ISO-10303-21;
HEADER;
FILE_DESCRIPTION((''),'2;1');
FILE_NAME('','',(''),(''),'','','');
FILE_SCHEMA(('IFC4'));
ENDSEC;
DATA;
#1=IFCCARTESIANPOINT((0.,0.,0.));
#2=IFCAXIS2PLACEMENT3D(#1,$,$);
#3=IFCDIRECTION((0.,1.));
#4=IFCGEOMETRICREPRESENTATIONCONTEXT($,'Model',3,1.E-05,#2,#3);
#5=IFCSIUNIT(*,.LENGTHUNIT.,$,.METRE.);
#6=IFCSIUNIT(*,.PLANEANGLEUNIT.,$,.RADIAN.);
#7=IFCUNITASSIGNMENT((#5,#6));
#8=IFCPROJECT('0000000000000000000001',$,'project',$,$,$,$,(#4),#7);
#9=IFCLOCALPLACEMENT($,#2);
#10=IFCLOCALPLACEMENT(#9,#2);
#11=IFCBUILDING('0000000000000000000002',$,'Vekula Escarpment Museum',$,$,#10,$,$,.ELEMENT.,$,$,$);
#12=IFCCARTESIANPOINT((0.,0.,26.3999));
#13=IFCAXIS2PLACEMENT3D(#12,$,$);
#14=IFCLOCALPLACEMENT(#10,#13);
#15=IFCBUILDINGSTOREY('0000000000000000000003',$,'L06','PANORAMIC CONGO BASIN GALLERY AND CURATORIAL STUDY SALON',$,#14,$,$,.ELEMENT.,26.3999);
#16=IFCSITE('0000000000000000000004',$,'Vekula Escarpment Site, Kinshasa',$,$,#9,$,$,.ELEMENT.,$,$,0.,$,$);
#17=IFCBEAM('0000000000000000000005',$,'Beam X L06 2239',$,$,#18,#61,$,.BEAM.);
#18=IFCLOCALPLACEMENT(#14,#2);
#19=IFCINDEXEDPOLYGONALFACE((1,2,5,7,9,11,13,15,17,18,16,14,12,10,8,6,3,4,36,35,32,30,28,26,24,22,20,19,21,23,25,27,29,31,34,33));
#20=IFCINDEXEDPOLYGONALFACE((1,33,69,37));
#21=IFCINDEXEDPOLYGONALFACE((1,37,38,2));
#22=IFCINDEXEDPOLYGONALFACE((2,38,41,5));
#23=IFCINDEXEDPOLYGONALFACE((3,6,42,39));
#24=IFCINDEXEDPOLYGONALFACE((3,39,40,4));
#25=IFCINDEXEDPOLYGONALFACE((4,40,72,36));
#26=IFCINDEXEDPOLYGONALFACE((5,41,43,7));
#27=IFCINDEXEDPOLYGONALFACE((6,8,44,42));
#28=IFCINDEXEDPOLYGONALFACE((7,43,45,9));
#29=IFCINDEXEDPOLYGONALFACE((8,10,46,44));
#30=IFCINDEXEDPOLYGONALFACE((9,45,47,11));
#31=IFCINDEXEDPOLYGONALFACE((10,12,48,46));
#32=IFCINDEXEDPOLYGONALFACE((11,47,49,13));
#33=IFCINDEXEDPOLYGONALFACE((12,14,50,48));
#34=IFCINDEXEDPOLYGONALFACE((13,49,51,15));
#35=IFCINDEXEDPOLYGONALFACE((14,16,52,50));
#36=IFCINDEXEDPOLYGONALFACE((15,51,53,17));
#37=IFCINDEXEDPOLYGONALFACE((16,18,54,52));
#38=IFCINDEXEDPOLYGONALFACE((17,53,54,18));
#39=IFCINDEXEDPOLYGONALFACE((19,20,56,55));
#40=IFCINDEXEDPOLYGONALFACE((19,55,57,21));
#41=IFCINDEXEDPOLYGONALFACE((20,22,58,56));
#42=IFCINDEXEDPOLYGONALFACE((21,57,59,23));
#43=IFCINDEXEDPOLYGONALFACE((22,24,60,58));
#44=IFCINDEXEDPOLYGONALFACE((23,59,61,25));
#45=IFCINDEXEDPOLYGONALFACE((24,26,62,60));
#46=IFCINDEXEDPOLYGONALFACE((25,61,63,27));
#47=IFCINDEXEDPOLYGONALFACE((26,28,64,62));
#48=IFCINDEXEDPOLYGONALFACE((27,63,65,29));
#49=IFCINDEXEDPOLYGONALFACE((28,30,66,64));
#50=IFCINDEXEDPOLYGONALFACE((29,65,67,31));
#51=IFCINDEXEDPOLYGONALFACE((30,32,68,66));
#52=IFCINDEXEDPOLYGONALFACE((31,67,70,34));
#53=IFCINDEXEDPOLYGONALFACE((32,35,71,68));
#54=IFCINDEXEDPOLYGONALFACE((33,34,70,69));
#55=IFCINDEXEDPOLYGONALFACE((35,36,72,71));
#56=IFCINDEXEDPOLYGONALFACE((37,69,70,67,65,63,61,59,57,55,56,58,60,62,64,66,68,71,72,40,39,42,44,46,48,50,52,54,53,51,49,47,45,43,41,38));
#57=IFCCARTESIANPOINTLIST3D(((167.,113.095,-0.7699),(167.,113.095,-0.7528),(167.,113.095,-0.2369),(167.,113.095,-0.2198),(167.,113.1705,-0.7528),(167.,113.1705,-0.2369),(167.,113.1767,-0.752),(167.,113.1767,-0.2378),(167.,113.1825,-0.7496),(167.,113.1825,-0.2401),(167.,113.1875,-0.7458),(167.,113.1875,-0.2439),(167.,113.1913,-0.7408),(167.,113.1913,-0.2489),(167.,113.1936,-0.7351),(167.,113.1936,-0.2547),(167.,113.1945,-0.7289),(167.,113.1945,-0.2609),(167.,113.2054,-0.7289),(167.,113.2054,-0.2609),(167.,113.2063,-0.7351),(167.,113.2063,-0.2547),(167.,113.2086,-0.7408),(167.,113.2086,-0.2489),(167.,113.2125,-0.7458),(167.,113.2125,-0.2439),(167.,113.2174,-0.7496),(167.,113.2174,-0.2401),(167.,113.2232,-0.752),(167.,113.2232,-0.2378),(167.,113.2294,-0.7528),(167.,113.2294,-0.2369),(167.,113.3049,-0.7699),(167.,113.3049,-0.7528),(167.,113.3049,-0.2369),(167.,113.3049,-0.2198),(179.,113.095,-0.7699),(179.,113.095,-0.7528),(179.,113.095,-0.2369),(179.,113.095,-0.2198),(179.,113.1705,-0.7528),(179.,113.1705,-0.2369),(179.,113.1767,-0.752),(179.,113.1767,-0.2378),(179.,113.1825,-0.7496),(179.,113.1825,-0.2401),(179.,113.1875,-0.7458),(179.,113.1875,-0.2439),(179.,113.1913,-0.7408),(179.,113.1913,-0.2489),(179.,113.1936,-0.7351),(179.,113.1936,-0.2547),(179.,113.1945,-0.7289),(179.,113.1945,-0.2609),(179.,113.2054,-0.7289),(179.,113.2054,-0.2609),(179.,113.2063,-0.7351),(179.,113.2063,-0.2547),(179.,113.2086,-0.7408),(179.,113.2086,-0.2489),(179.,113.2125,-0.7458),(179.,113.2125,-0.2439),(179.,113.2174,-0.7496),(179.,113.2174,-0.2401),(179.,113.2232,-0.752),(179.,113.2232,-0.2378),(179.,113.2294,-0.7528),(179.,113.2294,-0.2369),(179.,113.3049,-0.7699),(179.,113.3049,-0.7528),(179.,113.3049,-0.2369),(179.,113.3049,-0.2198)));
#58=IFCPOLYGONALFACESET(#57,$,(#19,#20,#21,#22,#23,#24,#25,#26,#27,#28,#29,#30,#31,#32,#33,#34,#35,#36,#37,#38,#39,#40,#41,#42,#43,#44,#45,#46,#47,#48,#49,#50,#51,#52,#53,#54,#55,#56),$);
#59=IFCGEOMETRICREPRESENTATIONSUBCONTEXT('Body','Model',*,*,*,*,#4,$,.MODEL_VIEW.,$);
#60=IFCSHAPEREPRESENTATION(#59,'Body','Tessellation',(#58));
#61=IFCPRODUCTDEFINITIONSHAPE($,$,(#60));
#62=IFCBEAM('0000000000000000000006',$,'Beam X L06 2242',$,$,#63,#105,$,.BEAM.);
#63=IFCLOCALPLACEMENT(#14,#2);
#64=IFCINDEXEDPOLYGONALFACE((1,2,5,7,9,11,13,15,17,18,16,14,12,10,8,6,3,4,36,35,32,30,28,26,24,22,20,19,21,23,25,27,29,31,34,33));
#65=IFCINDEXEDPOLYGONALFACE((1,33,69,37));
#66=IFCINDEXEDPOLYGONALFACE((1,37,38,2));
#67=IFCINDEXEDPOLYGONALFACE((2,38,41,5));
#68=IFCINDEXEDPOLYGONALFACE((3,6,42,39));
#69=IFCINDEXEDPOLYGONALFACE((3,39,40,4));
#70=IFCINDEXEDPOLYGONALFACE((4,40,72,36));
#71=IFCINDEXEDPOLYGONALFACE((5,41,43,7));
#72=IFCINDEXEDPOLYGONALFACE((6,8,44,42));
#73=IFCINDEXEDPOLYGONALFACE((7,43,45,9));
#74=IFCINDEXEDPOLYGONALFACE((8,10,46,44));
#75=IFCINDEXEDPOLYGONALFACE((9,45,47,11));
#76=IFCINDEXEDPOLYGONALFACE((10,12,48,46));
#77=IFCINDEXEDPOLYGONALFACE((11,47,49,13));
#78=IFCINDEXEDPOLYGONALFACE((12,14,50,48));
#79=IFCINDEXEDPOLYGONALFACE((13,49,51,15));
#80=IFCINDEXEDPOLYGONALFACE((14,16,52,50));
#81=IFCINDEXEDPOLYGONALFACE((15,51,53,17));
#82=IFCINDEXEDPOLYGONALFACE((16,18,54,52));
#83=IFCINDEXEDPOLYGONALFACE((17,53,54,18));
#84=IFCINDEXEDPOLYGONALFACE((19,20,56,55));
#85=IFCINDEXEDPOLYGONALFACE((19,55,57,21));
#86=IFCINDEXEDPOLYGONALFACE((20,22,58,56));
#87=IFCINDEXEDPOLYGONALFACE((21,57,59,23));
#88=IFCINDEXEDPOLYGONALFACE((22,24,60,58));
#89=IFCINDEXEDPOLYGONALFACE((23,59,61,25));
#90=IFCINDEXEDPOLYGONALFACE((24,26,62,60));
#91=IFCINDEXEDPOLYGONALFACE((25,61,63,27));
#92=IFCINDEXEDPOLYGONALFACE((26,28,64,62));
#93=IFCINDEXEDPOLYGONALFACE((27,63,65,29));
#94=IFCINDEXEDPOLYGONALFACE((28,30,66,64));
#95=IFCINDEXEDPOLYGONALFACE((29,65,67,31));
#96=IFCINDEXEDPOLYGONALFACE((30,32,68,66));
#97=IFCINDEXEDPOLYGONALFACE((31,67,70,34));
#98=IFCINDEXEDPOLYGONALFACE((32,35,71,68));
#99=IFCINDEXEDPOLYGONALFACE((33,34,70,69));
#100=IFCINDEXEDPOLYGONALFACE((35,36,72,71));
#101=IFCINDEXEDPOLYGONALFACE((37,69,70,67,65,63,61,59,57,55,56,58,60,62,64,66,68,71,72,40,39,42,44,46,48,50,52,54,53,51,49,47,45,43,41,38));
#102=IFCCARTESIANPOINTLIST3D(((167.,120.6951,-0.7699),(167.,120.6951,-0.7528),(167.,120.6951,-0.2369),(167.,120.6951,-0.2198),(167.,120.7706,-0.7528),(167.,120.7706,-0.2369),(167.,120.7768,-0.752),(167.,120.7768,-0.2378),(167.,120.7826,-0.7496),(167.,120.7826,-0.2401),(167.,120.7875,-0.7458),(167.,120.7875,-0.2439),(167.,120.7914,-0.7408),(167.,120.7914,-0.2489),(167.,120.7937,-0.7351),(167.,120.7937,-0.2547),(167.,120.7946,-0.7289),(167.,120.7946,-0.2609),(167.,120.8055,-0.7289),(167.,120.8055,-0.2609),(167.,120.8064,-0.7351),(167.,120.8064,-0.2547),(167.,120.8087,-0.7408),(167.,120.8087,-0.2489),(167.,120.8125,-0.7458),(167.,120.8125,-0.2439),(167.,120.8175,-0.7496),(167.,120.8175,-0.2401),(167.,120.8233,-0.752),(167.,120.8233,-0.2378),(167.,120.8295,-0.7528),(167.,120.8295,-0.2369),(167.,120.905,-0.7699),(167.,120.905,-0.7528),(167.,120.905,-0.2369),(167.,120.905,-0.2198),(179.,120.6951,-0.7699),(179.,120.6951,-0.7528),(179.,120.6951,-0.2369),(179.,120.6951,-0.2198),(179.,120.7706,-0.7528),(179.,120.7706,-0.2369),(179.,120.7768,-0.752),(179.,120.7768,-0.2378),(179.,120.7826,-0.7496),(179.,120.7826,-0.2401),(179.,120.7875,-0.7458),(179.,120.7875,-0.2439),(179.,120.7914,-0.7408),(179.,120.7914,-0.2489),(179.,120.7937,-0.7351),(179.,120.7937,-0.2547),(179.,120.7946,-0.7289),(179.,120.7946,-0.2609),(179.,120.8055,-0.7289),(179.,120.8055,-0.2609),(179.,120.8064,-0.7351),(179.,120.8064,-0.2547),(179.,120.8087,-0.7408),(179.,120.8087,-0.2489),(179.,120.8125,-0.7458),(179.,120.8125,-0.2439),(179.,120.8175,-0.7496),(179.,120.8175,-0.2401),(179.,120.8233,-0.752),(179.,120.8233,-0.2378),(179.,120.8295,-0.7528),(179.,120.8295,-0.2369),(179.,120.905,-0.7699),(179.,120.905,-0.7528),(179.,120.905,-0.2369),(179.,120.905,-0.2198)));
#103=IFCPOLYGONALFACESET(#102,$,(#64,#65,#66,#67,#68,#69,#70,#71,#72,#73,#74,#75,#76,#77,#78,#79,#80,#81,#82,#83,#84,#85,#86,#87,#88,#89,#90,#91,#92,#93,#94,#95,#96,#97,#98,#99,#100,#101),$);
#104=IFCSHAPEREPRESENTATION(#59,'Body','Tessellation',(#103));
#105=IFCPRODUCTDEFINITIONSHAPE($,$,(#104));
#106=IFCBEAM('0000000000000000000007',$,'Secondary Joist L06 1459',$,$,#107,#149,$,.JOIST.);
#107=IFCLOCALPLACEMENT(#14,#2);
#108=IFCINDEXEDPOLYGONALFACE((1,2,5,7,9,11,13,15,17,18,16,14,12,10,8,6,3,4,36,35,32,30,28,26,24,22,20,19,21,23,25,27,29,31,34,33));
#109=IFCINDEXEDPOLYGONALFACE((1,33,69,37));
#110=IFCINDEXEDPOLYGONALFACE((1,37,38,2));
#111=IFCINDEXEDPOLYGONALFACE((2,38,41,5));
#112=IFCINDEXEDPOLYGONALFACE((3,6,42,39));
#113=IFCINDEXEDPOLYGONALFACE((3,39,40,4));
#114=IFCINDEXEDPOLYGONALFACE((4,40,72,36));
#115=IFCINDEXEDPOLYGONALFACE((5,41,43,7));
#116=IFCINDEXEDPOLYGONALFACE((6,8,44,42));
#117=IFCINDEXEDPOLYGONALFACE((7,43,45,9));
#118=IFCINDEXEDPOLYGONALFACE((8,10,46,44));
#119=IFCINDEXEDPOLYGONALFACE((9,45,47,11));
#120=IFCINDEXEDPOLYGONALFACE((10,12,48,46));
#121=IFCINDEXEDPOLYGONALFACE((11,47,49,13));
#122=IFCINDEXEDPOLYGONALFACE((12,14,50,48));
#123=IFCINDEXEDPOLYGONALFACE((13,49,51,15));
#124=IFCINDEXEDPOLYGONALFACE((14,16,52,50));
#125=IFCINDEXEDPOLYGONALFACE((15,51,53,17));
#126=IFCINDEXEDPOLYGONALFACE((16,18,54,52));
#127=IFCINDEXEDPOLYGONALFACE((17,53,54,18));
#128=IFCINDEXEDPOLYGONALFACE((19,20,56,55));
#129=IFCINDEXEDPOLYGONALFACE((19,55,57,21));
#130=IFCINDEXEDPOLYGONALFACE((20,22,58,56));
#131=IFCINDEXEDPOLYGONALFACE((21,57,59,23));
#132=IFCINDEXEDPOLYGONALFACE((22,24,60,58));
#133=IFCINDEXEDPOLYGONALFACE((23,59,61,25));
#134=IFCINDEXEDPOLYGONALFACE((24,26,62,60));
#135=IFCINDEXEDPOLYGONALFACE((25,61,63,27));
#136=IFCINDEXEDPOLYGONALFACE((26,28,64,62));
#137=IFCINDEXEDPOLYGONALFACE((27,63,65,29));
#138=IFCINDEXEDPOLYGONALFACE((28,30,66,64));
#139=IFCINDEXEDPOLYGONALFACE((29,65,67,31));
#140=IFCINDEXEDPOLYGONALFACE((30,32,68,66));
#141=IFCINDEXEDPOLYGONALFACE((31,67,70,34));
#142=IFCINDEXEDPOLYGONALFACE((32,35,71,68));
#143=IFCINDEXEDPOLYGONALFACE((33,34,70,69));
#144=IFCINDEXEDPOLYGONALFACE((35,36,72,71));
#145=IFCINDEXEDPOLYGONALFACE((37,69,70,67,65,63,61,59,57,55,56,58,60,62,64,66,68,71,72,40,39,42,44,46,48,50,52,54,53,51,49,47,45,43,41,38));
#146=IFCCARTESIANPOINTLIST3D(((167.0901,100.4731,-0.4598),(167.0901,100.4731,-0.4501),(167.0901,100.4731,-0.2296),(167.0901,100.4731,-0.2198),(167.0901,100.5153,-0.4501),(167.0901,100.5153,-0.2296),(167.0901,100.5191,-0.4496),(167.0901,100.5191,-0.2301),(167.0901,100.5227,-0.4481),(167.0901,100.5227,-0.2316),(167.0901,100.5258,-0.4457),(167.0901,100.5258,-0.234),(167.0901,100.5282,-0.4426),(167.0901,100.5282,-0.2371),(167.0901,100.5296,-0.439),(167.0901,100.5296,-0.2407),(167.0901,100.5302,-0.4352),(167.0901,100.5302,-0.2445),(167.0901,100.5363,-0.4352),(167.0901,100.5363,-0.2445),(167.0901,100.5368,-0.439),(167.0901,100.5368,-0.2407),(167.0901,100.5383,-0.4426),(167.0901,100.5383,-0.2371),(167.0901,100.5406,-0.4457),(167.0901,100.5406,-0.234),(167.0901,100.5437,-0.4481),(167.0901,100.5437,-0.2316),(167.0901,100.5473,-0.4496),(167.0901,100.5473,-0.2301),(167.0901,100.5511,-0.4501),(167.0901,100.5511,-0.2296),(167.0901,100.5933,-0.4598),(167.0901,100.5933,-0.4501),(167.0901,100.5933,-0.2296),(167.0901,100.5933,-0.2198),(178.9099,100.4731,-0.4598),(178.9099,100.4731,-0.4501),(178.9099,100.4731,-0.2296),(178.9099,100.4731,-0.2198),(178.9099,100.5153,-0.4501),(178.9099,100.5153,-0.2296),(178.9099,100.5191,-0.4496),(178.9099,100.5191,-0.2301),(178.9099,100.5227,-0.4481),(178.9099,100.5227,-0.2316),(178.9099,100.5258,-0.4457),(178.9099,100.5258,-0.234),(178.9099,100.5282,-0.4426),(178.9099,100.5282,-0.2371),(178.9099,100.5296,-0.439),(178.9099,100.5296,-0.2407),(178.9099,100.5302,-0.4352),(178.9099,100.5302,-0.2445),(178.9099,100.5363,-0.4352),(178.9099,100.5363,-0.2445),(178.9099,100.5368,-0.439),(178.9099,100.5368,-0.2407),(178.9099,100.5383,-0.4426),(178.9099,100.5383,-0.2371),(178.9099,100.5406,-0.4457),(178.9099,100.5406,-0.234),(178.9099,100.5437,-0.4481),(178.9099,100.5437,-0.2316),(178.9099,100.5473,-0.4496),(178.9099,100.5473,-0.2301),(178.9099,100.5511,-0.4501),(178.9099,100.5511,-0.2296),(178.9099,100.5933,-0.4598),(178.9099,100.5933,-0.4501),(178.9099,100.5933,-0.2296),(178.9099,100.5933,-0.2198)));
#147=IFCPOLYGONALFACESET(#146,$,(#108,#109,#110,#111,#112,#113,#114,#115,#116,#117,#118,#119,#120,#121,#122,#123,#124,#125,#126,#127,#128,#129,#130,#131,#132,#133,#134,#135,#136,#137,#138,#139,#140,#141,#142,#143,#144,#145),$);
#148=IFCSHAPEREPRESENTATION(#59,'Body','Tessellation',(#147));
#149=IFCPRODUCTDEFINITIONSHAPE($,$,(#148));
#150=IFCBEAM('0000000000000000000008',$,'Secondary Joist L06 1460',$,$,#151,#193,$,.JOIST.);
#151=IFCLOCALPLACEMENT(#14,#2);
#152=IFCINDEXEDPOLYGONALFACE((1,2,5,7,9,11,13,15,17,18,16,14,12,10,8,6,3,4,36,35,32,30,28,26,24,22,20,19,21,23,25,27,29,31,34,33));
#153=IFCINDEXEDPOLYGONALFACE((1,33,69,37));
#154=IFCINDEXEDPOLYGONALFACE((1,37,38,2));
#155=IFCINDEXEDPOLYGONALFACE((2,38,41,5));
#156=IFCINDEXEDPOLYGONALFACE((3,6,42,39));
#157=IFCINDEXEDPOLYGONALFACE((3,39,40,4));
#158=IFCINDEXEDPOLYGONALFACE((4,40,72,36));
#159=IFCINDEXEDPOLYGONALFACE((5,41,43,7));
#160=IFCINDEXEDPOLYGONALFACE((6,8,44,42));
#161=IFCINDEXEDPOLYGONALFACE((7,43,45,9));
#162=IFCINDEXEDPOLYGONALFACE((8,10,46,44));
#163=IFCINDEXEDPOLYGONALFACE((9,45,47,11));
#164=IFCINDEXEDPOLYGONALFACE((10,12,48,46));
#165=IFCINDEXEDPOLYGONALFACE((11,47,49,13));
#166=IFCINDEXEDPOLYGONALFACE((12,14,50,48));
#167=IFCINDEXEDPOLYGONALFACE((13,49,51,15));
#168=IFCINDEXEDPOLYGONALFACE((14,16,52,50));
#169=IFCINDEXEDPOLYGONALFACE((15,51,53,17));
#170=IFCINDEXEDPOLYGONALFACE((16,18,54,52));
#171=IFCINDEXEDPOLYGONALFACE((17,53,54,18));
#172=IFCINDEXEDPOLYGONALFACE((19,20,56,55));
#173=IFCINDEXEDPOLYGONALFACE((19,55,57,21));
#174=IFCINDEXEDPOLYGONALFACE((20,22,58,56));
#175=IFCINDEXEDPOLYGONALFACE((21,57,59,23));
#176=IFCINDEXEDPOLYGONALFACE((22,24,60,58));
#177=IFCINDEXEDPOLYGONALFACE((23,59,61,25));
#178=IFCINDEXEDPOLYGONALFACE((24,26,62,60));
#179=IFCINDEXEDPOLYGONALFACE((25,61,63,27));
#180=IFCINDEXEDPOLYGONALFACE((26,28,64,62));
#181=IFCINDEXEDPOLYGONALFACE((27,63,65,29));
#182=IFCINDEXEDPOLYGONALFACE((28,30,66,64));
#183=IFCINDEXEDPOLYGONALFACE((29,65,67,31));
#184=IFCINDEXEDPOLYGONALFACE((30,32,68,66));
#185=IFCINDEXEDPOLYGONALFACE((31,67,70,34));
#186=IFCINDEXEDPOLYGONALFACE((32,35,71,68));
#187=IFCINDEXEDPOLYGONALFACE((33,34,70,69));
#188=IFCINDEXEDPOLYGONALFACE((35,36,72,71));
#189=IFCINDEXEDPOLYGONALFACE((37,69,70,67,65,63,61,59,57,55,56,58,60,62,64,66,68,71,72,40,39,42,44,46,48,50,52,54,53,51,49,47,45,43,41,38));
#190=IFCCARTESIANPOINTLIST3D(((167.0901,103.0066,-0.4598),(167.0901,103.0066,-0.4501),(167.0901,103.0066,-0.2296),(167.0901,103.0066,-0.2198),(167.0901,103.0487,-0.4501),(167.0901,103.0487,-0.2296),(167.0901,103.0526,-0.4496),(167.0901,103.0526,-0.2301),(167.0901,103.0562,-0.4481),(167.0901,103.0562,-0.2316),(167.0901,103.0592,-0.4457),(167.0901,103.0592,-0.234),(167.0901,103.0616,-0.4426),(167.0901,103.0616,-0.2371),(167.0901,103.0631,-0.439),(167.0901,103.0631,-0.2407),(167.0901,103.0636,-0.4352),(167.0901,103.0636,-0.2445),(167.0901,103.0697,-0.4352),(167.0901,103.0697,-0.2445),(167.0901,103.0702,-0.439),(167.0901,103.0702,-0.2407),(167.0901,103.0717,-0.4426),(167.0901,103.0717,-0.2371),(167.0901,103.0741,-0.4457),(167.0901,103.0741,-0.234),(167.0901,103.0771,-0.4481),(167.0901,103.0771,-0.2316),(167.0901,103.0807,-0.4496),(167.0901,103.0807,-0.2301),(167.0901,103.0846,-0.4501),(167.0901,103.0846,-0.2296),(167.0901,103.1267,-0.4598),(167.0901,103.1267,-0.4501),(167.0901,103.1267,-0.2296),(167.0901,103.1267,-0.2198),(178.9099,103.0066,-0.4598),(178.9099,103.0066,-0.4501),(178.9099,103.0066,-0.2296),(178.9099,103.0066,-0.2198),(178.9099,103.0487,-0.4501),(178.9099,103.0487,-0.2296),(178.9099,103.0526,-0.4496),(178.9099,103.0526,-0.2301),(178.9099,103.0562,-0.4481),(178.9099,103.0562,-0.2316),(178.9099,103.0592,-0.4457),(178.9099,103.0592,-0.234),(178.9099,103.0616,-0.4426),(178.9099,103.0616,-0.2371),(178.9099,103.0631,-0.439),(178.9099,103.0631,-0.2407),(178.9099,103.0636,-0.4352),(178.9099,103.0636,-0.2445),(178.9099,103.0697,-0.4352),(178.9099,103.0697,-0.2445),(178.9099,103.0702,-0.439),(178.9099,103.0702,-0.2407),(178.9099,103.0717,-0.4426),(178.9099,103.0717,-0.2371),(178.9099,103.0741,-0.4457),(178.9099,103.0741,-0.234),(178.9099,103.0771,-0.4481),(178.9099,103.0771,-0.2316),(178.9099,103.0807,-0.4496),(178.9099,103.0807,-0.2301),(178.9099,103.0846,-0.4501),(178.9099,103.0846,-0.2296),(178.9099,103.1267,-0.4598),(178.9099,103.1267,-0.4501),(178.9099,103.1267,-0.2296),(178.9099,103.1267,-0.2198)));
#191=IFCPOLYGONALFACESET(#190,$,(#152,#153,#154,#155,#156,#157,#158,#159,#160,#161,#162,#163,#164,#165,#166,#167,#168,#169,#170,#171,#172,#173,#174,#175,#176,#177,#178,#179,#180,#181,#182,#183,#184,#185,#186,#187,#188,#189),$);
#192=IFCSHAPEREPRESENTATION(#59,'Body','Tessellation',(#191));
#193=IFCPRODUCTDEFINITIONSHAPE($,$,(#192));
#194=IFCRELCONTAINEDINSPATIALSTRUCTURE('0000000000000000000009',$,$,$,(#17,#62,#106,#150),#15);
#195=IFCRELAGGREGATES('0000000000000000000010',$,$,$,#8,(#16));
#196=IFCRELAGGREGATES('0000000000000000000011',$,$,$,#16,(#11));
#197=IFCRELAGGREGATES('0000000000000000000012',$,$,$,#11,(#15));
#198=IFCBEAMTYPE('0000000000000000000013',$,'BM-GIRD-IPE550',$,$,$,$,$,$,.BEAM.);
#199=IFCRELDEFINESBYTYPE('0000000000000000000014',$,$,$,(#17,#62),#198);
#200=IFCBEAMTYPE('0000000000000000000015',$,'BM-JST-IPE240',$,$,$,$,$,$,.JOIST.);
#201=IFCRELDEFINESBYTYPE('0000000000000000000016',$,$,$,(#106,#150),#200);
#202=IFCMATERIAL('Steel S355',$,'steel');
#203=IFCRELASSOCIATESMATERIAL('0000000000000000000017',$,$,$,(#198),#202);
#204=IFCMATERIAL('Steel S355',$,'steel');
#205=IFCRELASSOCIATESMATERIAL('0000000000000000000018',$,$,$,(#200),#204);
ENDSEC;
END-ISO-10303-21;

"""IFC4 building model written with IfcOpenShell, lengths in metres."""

from ifc_helpers import new_model, si_unit, direction, frame, origin, origin_2d, place, context, subcontext, project, spatial, i_section, extrude, material, material_profile, profile_set, type_object, element, save


model = new_model("IFC4")

# Units and contexts
model_context = context("Model", 3, precision=1e-05, world=origin(), true_north=direction((0.0, 1.0)))
body_context = subcontext(model_context, "Body", "Model", "MODEL_VIEW")
ifc_project = project(units=[si_unit("LENGTHUNIT", "METRE"), si_unit("PLANEANGLEUNIT", "RADIAN")], contexts=[model_context])

# Site, building, storey
site_placement = place(None, origin())
site = spatial("IfcSite", under=ifc_project, at=site_placement, Name="Vekula Escarpment Site, Kinshasa", CompositionType="ELEMENT", RefElevation=0.0)
building_placement = place(site_placement, origin())
building = spatial("IfcBuilding", under=site, at=building_placement, Name="Vekula Escarpment Museum", CompositionType="ELEMENT")
storey_placement = place(building_placement, frame((0.0, 0.0, 26.3999)))
storey = spatial("IfcBuildingStorey", under=building, at=storey_placement, Name="L06", Description="PANORAMIC CONGO BASIN GALLERY AND CURATORIAL STUDY SALON", CompositionType="ELEMENT", Elevation=26.3999)

# Beams
ifc_material_1 = material(Name="Steel S355", Category="steel")
ifc_material_profile_1 = material_profile(ifc_material_1, i_section(OverallWidth=0.21, OverallDepth=0.55, WebThickness=0.011, FlangeThickness=0.0171, FilletRadius=0.0239, at=origin_2d()), Name="IPE 550")
ifc_profile_set_1 = profile_set([ifc_material_profile_1], Name="Steel S355")
beam_type_1 = type_object("IfcBeamType", Name="BM-GIRD-IPE550", PredefinedType="BEAM", material=ifc_profile_set_1)
for number, where, z_axis, x_axis, name in (
    (1, (167.0, 113.2, -0.4949), (1.0, 0.0, 0.0), (0.0, 1.0, 0.0), "Beam X L06 2239"),
    (2, (167.0, 120.8, -0.4949), (1.0, 0.0, 0.0), (0.0, 1.0, 0.0), "Beam X L06 2242"),
):
    element("IfcBeam", number, at=place(storey_placement, frame(where, z_axis=z_axis, x_axis=x_axis)), inside=storey, type_object=beam_type_1, Name=name, PredefinedType="BEAM", context=body_context, shape_type="SweptSolid", body=[
        extrude(i_section(OverallWidth=0.21, OverallDepth=0.55, WebThickness=0.011, FlangeThickness=0.0171, FilletRadius=0.0239, at=origin_2d()), origin(), (0.0, 0.0, 1.0), 12.0),
    ])
ifc_material_2 = material(Name="Steel S355", Category="steel")
ifc_material_profile_2 = material_profile(ifc_material_2, i_section(OverallWidth=0.1201, OverallDepth=0.24, WebThickness=0.0061, FlangeThickness=0.0098, FilletRadius=0.0149, at=origin_2d()), Name="IPE 240")
ifc_profile_set_2 = profile_set([ifc_material_profile_2], Name="Steel S355")
beam_type_2 = type_object("IfcBeamType", Name="BM-JST-IPE240", PredefinedType="JOIST", material=ifc_profile_set_2)
for number, where, z_axis, x_axis, name in (
    (3, (167.0901, 100.5332, -0.3398), (1.0, 0.0, 0.0), (0.0, 1.0, 0.0), "Secondary Joist L06 1459"),
    (4, (167.0901, 103.0667, -0.3398), (1.0, 0.0, 0.0), (0.0, 1.0, 0.0), "Secondary Joist L06 1460"),
):
    element("IfcBeam", number, at=place(storey_placement, frame(where, z_axis=z_axis, x_axis=x_axis)), inside=storey, type_object=beam_type_2, Name=name, PredefinedType="JOIST", context=body_context, shape_type="SweptSolid", body=[
        extrude(i_section(OverallWidth=0.1201, OverallDepth=0.24, WebThickness=0.0061, FlangeThickness=0.0098, FilletRadius=0.0149, at=origin_2d()), origin(), (0.0, 0.0, 1.0), 11.8198),
    ])

save(model, "model.ifc")
